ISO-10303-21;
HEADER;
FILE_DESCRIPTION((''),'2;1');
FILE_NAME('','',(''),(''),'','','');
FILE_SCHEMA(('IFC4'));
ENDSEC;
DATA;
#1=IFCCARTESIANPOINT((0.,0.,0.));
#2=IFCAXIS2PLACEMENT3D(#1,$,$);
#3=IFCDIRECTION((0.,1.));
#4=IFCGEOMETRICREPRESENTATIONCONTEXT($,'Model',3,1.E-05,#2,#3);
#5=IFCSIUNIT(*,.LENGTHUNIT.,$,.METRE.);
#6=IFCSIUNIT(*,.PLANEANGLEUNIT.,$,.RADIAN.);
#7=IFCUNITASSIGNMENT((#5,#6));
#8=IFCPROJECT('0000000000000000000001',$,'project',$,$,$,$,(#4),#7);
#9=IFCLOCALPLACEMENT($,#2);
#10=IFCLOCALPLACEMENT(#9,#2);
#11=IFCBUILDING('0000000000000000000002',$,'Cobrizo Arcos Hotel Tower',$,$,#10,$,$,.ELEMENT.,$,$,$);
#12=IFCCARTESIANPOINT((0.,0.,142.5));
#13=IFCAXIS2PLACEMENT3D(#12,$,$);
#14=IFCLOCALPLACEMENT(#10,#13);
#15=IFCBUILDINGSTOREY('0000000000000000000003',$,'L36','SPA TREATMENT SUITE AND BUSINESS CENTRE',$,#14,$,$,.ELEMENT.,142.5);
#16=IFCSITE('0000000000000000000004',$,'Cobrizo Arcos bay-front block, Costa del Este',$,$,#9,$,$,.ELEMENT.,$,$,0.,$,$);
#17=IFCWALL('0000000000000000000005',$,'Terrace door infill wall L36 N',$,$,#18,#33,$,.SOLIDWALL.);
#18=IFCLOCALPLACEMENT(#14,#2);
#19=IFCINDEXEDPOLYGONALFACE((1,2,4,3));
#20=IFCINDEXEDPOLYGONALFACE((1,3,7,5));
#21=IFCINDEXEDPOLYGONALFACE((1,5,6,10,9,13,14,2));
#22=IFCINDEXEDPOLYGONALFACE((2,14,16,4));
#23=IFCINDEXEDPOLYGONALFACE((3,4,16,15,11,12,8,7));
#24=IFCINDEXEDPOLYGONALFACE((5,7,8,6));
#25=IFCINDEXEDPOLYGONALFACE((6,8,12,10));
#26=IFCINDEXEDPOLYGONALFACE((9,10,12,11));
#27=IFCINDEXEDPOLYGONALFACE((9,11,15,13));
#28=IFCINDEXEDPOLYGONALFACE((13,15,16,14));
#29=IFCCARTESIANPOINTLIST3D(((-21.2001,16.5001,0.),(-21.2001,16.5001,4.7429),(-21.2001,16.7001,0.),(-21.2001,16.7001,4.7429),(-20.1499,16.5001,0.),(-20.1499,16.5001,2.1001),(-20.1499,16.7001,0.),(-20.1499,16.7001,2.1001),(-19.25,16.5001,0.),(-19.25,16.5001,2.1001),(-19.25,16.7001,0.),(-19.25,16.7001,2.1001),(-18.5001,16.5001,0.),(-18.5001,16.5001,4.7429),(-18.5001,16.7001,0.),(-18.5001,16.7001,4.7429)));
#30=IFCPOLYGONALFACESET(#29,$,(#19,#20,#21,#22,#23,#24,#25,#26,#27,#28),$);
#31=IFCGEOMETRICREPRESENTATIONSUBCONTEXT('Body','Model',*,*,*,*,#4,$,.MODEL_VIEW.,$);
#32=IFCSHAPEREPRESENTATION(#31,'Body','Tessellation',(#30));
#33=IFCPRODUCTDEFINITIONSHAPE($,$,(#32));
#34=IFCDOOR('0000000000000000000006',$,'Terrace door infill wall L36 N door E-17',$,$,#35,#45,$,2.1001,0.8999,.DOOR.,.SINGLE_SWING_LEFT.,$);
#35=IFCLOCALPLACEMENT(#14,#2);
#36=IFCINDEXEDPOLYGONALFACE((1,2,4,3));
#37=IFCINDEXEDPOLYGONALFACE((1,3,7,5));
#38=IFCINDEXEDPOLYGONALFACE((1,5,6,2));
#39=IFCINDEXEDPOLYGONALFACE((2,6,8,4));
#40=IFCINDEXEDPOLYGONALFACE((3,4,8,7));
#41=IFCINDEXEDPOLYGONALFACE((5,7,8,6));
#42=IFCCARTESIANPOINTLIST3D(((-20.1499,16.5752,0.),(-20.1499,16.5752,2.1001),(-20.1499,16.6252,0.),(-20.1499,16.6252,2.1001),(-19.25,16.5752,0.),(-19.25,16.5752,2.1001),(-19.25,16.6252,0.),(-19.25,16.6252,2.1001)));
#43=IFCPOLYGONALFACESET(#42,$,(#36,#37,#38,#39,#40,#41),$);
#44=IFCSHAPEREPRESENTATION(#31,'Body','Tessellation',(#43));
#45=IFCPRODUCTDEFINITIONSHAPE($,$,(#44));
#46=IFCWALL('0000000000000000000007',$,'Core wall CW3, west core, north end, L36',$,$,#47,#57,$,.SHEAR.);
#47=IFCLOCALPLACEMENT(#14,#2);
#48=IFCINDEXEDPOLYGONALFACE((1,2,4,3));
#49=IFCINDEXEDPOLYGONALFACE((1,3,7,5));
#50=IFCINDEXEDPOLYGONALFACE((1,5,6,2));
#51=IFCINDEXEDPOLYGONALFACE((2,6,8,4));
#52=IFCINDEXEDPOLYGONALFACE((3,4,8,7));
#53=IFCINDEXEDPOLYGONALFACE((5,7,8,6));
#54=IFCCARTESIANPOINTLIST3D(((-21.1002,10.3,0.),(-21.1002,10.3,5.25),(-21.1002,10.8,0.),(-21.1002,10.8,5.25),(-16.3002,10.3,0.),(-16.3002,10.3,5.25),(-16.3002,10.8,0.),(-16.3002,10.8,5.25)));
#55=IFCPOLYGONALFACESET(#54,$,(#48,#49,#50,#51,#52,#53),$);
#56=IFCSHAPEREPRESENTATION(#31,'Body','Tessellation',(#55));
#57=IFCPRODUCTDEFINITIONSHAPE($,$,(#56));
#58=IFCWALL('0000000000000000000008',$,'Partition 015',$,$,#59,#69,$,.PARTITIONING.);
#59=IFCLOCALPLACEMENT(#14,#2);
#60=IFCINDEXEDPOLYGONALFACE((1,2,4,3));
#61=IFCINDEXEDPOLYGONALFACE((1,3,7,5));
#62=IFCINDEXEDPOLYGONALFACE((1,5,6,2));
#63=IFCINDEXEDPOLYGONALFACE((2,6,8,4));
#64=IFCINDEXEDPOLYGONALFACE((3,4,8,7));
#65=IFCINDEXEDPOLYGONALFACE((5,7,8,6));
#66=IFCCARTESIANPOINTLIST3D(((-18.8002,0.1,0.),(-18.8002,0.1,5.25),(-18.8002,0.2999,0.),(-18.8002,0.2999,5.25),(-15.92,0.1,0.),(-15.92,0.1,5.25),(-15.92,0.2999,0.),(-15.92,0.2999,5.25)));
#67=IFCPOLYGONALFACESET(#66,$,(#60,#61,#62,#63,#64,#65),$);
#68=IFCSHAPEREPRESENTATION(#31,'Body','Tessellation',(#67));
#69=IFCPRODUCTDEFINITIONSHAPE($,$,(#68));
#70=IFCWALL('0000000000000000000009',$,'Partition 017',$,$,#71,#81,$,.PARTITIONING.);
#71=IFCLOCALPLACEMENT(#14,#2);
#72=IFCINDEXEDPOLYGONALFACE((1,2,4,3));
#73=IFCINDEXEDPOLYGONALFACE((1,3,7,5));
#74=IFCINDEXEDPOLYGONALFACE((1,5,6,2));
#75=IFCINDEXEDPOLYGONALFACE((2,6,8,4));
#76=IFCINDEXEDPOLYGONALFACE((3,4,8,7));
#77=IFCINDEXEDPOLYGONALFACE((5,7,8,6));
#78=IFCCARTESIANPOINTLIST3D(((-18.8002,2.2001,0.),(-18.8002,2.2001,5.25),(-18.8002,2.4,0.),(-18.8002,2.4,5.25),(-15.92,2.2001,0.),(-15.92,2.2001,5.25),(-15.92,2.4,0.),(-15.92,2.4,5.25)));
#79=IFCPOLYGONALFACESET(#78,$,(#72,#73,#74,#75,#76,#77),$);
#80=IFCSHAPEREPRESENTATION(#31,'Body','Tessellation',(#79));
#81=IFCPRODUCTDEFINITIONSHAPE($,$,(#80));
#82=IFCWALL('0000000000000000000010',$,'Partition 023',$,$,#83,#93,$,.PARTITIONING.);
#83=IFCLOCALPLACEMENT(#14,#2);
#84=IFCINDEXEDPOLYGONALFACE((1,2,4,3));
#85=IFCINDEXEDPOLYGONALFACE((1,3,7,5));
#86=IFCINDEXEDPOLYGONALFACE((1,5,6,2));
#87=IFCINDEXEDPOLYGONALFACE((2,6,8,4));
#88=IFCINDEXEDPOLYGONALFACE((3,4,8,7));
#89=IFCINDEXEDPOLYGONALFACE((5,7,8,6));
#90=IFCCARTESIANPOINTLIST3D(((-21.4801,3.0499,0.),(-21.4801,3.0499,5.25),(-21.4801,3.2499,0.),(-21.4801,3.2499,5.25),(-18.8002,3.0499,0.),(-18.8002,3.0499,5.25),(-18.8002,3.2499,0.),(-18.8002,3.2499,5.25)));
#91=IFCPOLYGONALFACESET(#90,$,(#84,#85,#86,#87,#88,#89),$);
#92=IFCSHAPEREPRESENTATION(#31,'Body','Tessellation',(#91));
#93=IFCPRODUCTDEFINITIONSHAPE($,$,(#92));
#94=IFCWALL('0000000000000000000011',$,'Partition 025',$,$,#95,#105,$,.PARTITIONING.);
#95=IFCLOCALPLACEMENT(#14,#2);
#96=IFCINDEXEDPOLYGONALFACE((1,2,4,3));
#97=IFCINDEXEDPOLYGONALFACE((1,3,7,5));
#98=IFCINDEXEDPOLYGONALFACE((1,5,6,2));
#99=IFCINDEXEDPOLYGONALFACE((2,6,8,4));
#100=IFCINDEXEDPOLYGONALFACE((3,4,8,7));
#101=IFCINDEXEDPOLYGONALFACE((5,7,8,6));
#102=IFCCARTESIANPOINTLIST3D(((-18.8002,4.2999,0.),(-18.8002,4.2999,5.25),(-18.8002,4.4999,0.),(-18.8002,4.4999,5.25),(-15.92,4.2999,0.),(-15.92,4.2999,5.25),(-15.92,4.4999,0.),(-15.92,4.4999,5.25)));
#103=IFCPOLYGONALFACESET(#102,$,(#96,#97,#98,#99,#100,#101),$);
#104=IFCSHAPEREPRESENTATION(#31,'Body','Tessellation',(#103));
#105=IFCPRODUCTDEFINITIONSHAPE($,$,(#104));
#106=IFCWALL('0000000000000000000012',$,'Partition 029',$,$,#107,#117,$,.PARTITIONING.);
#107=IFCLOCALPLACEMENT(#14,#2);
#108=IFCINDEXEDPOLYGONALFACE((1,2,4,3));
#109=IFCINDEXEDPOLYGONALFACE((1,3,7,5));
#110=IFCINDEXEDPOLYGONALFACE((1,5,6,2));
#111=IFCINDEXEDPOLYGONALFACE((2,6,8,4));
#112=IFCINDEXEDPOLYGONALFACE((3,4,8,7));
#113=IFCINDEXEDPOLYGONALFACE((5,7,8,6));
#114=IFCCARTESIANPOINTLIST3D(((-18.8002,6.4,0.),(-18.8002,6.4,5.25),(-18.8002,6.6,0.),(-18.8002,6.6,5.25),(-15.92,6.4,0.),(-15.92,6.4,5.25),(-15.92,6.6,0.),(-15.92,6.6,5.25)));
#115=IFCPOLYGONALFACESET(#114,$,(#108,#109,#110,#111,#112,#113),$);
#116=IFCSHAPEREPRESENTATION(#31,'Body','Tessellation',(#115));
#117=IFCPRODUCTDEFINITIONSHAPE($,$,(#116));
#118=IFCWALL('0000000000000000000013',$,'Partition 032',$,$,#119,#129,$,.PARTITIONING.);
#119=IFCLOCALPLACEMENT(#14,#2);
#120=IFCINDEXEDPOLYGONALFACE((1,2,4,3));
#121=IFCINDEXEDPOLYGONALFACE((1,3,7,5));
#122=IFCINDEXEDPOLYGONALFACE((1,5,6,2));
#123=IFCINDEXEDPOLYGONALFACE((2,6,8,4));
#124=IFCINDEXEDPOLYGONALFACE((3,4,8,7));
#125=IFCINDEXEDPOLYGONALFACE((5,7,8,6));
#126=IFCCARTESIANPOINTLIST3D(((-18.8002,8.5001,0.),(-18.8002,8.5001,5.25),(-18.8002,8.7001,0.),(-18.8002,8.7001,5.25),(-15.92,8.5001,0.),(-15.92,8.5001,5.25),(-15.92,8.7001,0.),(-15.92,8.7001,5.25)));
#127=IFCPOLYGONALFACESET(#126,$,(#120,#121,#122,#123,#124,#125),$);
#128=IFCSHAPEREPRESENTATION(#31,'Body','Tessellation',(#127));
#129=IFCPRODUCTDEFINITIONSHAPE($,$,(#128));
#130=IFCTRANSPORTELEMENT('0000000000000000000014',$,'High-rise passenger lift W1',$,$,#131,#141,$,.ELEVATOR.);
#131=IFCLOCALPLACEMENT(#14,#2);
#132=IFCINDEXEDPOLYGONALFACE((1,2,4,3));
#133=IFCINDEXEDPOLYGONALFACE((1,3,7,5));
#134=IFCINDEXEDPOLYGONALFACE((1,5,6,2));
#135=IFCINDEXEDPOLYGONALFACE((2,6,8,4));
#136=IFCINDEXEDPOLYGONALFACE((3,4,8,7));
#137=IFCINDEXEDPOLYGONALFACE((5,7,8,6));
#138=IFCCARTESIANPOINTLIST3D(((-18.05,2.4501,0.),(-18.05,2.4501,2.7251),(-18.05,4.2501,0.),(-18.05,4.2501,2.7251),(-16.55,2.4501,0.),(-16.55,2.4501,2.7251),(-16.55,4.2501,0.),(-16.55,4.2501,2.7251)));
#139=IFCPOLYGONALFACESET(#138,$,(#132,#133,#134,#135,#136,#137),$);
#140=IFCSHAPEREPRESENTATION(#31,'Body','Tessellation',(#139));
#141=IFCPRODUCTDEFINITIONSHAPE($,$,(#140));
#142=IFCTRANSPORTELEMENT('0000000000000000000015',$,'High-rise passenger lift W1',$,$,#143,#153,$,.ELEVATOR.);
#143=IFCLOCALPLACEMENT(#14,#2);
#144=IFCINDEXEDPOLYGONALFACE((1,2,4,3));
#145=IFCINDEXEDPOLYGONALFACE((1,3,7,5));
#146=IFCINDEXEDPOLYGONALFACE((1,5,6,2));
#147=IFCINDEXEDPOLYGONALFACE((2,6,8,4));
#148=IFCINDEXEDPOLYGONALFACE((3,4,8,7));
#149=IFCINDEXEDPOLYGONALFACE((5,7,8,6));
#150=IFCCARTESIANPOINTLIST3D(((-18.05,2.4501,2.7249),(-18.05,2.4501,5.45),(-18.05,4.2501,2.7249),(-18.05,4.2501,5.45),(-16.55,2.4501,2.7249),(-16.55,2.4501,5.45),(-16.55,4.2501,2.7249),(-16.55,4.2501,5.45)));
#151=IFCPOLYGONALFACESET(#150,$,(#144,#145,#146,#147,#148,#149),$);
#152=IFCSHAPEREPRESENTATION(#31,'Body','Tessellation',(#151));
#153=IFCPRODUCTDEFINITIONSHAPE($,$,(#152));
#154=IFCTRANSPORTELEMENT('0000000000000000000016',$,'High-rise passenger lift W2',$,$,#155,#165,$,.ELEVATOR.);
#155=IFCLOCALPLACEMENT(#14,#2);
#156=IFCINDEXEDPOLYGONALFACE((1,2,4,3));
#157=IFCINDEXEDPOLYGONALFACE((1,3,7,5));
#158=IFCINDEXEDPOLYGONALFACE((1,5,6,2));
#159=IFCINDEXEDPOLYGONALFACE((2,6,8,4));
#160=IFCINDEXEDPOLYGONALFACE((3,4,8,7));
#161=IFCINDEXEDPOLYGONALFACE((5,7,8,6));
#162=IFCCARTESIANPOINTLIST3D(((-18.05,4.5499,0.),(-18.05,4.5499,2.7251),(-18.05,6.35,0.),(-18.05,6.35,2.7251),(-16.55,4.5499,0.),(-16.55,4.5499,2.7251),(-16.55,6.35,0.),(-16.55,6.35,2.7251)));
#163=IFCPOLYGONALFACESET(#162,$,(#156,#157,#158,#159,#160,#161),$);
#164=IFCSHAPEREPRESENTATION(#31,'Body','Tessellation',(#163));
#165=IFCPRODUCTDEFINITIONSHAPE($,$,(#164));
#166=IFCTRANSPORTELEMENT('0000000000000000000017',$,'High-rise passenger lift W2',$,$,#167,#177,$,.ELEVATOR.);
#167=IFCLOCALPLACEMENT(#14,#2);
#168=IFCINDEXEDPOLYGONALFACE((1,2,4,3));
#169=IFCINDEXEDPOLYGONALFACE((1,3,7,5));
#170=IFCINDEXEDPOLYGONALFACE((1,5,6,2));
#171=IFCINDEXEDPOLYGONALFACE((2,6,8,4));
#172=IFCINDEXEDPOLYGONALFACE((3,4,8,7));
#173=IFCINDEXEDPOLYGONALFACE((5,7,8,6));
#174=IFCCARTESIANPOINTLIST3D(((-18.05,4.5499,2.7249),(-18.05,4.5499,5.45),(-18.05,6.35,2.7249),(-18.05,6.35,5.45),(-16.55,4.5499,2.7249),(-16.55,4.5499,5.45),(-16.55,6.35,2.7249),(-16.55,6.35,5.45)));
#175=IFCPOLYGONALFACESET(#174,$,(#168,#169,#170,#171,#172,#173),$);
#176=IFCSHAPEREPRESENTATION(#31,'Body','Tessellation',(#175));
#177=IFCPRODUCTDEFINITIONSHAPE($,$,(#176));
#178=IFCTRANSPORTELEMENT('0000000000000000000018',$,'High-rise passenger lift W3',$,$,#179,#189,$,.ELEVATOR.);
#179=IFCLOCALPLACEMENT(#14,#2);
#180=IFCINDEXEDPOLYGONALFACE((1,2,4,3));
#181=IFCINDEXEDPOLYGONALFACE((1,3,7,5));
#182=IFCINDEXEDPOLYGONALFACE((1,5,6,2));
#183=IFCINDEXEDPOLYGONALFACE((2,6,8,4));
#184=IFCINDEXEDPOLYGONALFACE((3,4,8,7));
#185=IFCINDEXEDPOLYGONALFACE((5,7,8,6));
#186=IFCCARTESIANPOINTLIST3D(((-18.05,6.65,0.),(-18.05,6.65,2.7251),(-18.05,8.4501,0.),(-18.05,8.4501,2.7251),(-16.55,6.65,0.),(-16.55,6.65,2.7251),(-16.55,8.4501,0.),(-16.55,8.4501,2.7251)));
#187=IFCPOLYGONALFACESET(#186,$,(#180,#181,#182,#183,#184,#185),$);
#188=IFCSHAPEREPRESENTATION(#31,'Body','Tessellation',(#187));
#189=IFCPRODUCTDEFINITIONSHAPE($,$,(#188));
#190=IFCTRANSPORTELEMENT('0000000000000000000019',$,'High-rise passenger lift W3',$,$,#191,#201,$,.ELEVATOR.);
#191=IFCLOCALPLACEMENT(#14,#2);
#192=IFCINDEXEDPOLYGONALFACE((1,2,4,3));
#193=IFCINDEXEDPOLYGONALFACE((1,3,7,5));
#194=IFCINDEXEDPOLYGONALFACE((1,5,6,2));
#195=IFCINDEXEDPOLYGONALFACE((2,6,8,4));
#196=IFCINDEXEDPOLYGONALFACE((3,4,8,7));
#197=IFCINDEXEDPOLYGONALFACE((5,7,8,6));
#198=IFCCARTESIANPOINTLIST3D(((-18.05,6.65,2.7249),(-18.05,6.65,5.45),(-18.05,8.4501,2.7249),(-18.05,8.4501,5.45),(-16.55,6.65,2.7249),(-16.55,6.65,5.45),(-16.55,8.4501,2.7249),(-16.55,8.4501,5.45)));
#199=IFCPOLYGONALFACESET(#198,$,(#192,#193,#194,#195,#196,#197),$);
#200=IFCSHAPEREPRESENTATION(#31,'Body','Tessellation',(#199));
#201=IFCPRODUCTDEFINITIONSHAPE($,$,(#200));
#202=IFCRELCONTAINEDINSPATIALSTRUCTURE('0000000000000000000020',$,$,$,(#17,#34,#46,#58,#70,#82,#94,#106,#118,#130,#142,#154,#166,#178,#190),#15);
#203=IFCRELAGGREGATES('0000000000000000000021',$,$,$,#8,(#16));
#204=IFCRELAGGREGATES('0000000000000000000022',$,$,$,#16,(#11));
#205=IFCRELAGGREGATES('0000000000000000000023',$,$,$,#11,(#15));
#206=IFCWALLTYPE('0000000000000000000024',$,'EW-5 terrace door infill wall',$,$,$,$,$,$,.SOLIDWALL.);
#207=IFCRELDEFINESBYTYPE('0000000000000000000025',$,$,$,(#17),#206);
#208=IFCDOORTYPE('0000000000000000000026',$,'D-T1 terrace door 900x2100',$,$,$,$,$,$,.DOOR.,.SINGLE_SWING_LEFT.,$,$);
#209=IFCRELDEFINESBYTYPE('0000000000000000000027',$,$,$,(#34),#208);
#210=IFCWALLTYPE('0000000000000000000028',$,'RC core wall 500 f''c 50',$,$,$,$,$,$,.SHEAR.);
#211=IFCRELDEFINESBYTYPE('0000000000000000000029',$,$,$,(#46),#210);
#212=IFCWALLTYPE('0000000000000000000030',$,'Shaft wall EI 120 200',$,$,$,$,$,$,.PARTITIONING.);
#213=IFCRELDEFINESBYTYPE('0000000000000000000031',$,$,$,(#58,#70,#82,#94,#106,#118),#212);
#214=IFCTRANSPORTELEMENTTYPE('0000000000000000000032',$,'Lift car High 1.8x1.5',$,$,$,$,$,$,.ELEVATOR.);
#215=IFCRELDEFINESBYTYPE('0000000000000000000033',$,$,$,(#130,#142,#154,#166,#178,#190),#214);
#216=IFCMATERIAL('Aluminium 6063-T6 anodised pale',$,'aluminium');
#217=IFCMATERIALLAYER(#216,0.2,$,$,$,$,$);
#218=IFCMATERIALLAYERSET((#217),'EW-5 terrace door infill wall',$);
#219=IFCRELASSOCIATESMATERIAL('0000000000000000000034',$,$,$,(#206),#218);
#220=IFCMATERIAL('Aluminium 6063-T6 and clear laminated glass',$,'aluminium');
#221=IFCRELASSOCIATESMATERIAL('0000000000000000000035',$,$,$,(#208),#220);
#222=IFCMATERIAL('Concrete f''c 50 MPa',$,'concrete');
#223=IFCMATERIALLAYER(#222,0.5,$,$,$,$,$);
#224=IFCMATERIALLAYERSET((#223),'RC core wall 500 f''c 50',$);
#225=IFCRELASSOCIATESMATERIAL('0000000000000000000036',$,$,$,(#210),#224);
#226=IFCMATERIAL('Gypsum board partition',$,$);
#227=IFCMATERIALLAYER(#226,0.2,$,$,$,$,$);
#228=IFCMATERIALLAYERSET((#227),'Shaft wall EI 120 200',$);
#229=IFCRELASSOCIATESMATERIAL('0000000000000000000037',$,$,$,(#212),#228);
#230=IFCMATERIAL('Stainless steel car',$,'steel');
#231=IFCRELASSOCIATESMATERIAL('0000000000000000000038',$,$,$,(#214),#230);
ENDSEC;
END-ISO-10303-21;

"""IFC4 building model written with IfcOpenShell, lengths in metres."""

from ifc_helpers import new_model, si_unit, direction, frame, frame_2d, origin, origin_2d, place, context, subcontext, project, spatial, rectangle, extrude, material, layer, layer_set, type_object, element, fill, save


model = new_model("IFC4")

# Units and contexts
model_context = context("Model", 3, precision=1e-05, world=origin(), true_north=direction((0.0, 1.0)))
body_context = subcontext(model_context, "Body", "Model", "MODEL_VIEW")
ifc_project = project(units=[si_unit("LENGTHUNIT", "METRE"), si_unit("PLANEANGLEUNIT", "RADIAN")], contexts=[model_context])

# Site, building, storey
site_placement = place(None, origin())
site = spatial("IfcSite", under=ifc_project, at=site_placement, Name="Cobrizo Arcos bay-front block, Costa del Este", CompositionType="ELEMENT", RefElevation=0.0)
building_placement = place(site_placement, origin())
building = spatial("IfcBuilding", under=site, at=building_placement, Name="Cobrizo Arcos Hotel Tower", CompositionType="ELEMENT")
storey_placement = place(building_placement, frame((0.0, 0.0, 142.5)))
storey = spatial("IfcBuildingStorey", under=building, at=storey_placement, Name="L36", Description="SPA TREATMENT SUITE AND BUSINESS CENTRE", CompositionType="ELEMENT", Elevation=142.5)

# Shared definitions
ifc_material_1 = material(Name="Gypsum board partition")

# Shared definitions
ifc_material_2 = material(Name="Aluminium 6063-T6 and clear laminated glass", Category="aluminium")

# Wall, opening, door
ifc_material_3 = material(Name="Aluminium 6063-T6 anodised pale", Category="aluminium")
ifc_layer_1 = layer(ifc_material_3, 0.2)
ifc_layer_set_1 = layer_set([ifc_layer_1], Name="EW-5 terrace door infill wall")
wall_type_1 = type_object("IfcWallType", Name="EW-5 terrace door infill wall", PredefinedType="SOLIDWALL", material=ifc_layer_set_1)
wall_1_placement = place(storey_placement, frame((-18.5, 16.6001, 0.0), z_axis=(0.0, 0.0, 1.0), x_axis=(-1.0, 0.0, 0.0)))
wall_1 = element("IfcWall", 1, at=wall_1_placement, inside=storey, type_object=wall_type_1, Name="Terrace door infill wall L36 N", PredefinedType="SOLIDWALL", context=body_context, shape_type="SweptSolid", body=[
    extrude(rectangle(XDim=2.7, YDim=0.2, at=frame_2d((1.3501, 0.0))), origin(), (0.0, 0.0, 1.0), 4.7429),
])
opening_1_placement = place(wall_1_placement, frame((0.75, 0.0, 0.0)))
opening_1 = element("IfcOpeningElement", 2, at=opening_1_placement, cuts=wall_1, PredefinedType="OPENING", context=body_context, shape_type="SweptSolid", body=[
    extrude(rectangle(XDim=0.8999, YDim=2.1001, at=frame_2d((0.45, 1.05))), frame((0.0, 0.1121, 0.0), z_axis=(0.0, -1.0, 0.0), x_axis=(1.0, 0.0, 0.0)), (0.0, 0.0, 1.0), 0.2239),
])
door_type_1 = type_object("IfcDoorType", Name="D-T1 terrace door 900x2100", OperationType="SINGLE_SWING_LEFT", PredefinedType="DOOR", material=ifc_material_2)
door_1_placement = place(opening_1_placement, origin())
door_1 = element("IfcDoor", 3, at=door_1_placement, inside=storey, type_object=door_type_1, Name="Terrace door infill wall L36 N door E-17", OperationType="SINGLE_SWING_LEFT", OverallHeight=2.1001, OverallWidth=0.8999, PredefinedType="DOOR", context=body_context, shape_type="SweptSolid", body=[
    extrude(rectangle(XDim=0.8999, YDim=2.1001, at=frame_2d((0.45, 1.05))), frame((0.0, 0.0249, 0.0), z_axis=(0.0, -1.0, 0.0), x_axis=(1.0, 0.0, 0.0)), (0.0, 0.0, 1.0), 0.05),
])
fill(opening_1, door_1)

# Walls
ifc_material_4 = material(Name="Concrete f'c 50 MPa", Category="concrete")
ifc_layer_2 = layer(ifc_material_4, 0.5)
ifc_layer_set_2 = layer_set([ifc_layer_2], Name="RC core wall 500 f'c 50")
wall_type_2 = type_object("IfcWallType", Name="RC core wall 500 f'c 50", PredefinedType="SHEAR", material=ifc_layer_set_2)
wall_2_placement = place(storey_placement, frame((-21.1001, 10.55, 0.0), z_axis=(0.0, 0.0, 1.0), x_axis=(1.0, 0.0, 0.0)))
element("IfcWall", 4, at=wall_2_placement, inside=storey, type_object=wall_type_2, Name="Core wall CW3, west core, north end, L36", PredefinedType="SHEAR", context=body_context, shape_type="SweptSolid", body=[
    extrude(rectangle(XDim=4.8, YDim=0.5, at=frame_2d((2.3999, 0.0))), origin(), (0.0, 0.0, 1.0), 5.25),
])
ifc_layer_3 = layer(ifc_material_1, 0.2)
ifc_layer_set_3 = layer_set([ifc_layer_3], Name="Shaft wall EI 120 200")
wall_type_3 = type_object("IfcWallType", Name="Shaft wall EI 120 200", PredefinedType="PARTITIONING", material=ifc_layer_set_3)
for number, where, z_axis, x_axis, name in (
    (5, (-18.8, 0.2, 0.0), (0.0, 0.0, 1.0), (1.0, 0.0, 0.0), "Partition 015"),
    (6, (-18.8, 2.3, 0.0), (0.0, 0.0, 1.0), (1.0, 0.0, 0.0), "Partition 017"),
):
    element("IfcWall", number, at=place(storey_placement, frame(where, z_axis=z_axis, x_axis=x_axis)), inside=storey, type_object=wall_type_3, Name=name, PredefinedType="PARTITIONING", context=body_context, shape_type="SweptSolid", body=[
        extrude(rectangle(XDim=2.8801, YDim=0.2, at=frame_2d((1.4399, 0.0))), origin(), (0.0, 0.0, 1.0), 5.25),
    ])
wall_3_placement = place(storey_placement, frame((-21.48, 3.1499, 0.0), z_axis=(0.0, 0.0, 1.0), x_axis=(1.0, 0.0, 0.0)))
element("IfcWall", 7, at=wall_3_placement, inside=storey, type_object=wall_type_3, Name="Partition 023", PredefinedType="PARTITIONING", context=body_context, shape_type="SweptSolid", body=[
    extrude(rectangle(XDim=2.6799, YDim=0.2, at=frame_2d((1.3398, 0.0))), origin(), (0.0, 0.0, 1.0), 5.25),
])
for number, where, z_axis, x_axis, name in (
    (8, (-18.8, 4.3999, 0.0), (0.0, 0.0, 1.0), (1.0, 0.0, 0.0), "Partition 025"),
    (9, (-18.8, 6.5, 0.0), (0.0, 0.0, 1.0), (1.0, 0.0, 0.0), "Partition 029"),
    (10, (-18.8, 8.6001, 0.0), (0.0, 0.0, 1.0), (1.0, 0.0, 0.0), "Partition 032"),
):
    element("IfcWall", number, at=place(storey_placement, frame(where, z_axis=z_axis, x_axis=x_axis)), inside=storey, type_object=wall_type_3, Name=name, PredefinedType="PARTITIONING", context=body_context, shape_type="SweptSolid", body=[
        extrude(rectangle(XDim=2.8801, YDim=0.2, at=frame_2d((1.4399, 0.0))), origin(), (0.0, 0.0, 1.0), 5.25),
    ])

# Transport elements
ifc_material_5 = material(Name="Stainless steel car", Category="steel")
transport_element_type = type_object("IfcTransportElementType", Name="Lift car High 1.8x1.5", PredefinedType="ELEVATOR", material=ifc_material_5)
for number, where, z_axis, x_axis, name in (
    (11, (-17.3, 3.3501, 0.0), (0.0, 0.0, 1.0), (1.0, 0.0, 0.0), "High-rise passenger lift W1"),
    (12, (-17.3, 3.3501, 2.7249), (0.0, 0.0, 1.0), (1.0, 0.0, 0.0), "High-rise passenger lift W1"),
    (13, (-17.3, 5.45, 0.0), (0.0, 0.0, 1.0), (1.0, 0.0, 0.0), "High-rise passenger lift W2"),
    (14, (-17.3, 5.45, 2.7249), (0.0, 0.0, 1.0), (1.0, 0.0, 0.0), "High-rise passenger lift W2"),
    (15, (-17.3, 7.55, 0.0), (0.0, 0.0, 1.0), (1.0, 0.0, 0.0), "High-rise passenger lift W3"),
    (16, (-17.3, 7.55, 2.7249), (0.0, 0.0, 1.0), (1.0, 0.0, 0.0), "High-rise passenger lift W3"),
):
    element("IfcTransportElement", number, at=place(storey_placement, frame(where, z_axis=z_axis, x_axis=x_axis)), inside=storey, type_object=transport_element_type, Name=name, PredefinedType="ELEVATOR", context=body_context, shape_type="SweptSolid", body=[
        extrude(rectangle(XDim=1.5, YDim=1.8, at=origin_2d()), origin(), (0.0, 0.0, 1.0), 2.7251),
    ])

save(model, "model.ifc")
